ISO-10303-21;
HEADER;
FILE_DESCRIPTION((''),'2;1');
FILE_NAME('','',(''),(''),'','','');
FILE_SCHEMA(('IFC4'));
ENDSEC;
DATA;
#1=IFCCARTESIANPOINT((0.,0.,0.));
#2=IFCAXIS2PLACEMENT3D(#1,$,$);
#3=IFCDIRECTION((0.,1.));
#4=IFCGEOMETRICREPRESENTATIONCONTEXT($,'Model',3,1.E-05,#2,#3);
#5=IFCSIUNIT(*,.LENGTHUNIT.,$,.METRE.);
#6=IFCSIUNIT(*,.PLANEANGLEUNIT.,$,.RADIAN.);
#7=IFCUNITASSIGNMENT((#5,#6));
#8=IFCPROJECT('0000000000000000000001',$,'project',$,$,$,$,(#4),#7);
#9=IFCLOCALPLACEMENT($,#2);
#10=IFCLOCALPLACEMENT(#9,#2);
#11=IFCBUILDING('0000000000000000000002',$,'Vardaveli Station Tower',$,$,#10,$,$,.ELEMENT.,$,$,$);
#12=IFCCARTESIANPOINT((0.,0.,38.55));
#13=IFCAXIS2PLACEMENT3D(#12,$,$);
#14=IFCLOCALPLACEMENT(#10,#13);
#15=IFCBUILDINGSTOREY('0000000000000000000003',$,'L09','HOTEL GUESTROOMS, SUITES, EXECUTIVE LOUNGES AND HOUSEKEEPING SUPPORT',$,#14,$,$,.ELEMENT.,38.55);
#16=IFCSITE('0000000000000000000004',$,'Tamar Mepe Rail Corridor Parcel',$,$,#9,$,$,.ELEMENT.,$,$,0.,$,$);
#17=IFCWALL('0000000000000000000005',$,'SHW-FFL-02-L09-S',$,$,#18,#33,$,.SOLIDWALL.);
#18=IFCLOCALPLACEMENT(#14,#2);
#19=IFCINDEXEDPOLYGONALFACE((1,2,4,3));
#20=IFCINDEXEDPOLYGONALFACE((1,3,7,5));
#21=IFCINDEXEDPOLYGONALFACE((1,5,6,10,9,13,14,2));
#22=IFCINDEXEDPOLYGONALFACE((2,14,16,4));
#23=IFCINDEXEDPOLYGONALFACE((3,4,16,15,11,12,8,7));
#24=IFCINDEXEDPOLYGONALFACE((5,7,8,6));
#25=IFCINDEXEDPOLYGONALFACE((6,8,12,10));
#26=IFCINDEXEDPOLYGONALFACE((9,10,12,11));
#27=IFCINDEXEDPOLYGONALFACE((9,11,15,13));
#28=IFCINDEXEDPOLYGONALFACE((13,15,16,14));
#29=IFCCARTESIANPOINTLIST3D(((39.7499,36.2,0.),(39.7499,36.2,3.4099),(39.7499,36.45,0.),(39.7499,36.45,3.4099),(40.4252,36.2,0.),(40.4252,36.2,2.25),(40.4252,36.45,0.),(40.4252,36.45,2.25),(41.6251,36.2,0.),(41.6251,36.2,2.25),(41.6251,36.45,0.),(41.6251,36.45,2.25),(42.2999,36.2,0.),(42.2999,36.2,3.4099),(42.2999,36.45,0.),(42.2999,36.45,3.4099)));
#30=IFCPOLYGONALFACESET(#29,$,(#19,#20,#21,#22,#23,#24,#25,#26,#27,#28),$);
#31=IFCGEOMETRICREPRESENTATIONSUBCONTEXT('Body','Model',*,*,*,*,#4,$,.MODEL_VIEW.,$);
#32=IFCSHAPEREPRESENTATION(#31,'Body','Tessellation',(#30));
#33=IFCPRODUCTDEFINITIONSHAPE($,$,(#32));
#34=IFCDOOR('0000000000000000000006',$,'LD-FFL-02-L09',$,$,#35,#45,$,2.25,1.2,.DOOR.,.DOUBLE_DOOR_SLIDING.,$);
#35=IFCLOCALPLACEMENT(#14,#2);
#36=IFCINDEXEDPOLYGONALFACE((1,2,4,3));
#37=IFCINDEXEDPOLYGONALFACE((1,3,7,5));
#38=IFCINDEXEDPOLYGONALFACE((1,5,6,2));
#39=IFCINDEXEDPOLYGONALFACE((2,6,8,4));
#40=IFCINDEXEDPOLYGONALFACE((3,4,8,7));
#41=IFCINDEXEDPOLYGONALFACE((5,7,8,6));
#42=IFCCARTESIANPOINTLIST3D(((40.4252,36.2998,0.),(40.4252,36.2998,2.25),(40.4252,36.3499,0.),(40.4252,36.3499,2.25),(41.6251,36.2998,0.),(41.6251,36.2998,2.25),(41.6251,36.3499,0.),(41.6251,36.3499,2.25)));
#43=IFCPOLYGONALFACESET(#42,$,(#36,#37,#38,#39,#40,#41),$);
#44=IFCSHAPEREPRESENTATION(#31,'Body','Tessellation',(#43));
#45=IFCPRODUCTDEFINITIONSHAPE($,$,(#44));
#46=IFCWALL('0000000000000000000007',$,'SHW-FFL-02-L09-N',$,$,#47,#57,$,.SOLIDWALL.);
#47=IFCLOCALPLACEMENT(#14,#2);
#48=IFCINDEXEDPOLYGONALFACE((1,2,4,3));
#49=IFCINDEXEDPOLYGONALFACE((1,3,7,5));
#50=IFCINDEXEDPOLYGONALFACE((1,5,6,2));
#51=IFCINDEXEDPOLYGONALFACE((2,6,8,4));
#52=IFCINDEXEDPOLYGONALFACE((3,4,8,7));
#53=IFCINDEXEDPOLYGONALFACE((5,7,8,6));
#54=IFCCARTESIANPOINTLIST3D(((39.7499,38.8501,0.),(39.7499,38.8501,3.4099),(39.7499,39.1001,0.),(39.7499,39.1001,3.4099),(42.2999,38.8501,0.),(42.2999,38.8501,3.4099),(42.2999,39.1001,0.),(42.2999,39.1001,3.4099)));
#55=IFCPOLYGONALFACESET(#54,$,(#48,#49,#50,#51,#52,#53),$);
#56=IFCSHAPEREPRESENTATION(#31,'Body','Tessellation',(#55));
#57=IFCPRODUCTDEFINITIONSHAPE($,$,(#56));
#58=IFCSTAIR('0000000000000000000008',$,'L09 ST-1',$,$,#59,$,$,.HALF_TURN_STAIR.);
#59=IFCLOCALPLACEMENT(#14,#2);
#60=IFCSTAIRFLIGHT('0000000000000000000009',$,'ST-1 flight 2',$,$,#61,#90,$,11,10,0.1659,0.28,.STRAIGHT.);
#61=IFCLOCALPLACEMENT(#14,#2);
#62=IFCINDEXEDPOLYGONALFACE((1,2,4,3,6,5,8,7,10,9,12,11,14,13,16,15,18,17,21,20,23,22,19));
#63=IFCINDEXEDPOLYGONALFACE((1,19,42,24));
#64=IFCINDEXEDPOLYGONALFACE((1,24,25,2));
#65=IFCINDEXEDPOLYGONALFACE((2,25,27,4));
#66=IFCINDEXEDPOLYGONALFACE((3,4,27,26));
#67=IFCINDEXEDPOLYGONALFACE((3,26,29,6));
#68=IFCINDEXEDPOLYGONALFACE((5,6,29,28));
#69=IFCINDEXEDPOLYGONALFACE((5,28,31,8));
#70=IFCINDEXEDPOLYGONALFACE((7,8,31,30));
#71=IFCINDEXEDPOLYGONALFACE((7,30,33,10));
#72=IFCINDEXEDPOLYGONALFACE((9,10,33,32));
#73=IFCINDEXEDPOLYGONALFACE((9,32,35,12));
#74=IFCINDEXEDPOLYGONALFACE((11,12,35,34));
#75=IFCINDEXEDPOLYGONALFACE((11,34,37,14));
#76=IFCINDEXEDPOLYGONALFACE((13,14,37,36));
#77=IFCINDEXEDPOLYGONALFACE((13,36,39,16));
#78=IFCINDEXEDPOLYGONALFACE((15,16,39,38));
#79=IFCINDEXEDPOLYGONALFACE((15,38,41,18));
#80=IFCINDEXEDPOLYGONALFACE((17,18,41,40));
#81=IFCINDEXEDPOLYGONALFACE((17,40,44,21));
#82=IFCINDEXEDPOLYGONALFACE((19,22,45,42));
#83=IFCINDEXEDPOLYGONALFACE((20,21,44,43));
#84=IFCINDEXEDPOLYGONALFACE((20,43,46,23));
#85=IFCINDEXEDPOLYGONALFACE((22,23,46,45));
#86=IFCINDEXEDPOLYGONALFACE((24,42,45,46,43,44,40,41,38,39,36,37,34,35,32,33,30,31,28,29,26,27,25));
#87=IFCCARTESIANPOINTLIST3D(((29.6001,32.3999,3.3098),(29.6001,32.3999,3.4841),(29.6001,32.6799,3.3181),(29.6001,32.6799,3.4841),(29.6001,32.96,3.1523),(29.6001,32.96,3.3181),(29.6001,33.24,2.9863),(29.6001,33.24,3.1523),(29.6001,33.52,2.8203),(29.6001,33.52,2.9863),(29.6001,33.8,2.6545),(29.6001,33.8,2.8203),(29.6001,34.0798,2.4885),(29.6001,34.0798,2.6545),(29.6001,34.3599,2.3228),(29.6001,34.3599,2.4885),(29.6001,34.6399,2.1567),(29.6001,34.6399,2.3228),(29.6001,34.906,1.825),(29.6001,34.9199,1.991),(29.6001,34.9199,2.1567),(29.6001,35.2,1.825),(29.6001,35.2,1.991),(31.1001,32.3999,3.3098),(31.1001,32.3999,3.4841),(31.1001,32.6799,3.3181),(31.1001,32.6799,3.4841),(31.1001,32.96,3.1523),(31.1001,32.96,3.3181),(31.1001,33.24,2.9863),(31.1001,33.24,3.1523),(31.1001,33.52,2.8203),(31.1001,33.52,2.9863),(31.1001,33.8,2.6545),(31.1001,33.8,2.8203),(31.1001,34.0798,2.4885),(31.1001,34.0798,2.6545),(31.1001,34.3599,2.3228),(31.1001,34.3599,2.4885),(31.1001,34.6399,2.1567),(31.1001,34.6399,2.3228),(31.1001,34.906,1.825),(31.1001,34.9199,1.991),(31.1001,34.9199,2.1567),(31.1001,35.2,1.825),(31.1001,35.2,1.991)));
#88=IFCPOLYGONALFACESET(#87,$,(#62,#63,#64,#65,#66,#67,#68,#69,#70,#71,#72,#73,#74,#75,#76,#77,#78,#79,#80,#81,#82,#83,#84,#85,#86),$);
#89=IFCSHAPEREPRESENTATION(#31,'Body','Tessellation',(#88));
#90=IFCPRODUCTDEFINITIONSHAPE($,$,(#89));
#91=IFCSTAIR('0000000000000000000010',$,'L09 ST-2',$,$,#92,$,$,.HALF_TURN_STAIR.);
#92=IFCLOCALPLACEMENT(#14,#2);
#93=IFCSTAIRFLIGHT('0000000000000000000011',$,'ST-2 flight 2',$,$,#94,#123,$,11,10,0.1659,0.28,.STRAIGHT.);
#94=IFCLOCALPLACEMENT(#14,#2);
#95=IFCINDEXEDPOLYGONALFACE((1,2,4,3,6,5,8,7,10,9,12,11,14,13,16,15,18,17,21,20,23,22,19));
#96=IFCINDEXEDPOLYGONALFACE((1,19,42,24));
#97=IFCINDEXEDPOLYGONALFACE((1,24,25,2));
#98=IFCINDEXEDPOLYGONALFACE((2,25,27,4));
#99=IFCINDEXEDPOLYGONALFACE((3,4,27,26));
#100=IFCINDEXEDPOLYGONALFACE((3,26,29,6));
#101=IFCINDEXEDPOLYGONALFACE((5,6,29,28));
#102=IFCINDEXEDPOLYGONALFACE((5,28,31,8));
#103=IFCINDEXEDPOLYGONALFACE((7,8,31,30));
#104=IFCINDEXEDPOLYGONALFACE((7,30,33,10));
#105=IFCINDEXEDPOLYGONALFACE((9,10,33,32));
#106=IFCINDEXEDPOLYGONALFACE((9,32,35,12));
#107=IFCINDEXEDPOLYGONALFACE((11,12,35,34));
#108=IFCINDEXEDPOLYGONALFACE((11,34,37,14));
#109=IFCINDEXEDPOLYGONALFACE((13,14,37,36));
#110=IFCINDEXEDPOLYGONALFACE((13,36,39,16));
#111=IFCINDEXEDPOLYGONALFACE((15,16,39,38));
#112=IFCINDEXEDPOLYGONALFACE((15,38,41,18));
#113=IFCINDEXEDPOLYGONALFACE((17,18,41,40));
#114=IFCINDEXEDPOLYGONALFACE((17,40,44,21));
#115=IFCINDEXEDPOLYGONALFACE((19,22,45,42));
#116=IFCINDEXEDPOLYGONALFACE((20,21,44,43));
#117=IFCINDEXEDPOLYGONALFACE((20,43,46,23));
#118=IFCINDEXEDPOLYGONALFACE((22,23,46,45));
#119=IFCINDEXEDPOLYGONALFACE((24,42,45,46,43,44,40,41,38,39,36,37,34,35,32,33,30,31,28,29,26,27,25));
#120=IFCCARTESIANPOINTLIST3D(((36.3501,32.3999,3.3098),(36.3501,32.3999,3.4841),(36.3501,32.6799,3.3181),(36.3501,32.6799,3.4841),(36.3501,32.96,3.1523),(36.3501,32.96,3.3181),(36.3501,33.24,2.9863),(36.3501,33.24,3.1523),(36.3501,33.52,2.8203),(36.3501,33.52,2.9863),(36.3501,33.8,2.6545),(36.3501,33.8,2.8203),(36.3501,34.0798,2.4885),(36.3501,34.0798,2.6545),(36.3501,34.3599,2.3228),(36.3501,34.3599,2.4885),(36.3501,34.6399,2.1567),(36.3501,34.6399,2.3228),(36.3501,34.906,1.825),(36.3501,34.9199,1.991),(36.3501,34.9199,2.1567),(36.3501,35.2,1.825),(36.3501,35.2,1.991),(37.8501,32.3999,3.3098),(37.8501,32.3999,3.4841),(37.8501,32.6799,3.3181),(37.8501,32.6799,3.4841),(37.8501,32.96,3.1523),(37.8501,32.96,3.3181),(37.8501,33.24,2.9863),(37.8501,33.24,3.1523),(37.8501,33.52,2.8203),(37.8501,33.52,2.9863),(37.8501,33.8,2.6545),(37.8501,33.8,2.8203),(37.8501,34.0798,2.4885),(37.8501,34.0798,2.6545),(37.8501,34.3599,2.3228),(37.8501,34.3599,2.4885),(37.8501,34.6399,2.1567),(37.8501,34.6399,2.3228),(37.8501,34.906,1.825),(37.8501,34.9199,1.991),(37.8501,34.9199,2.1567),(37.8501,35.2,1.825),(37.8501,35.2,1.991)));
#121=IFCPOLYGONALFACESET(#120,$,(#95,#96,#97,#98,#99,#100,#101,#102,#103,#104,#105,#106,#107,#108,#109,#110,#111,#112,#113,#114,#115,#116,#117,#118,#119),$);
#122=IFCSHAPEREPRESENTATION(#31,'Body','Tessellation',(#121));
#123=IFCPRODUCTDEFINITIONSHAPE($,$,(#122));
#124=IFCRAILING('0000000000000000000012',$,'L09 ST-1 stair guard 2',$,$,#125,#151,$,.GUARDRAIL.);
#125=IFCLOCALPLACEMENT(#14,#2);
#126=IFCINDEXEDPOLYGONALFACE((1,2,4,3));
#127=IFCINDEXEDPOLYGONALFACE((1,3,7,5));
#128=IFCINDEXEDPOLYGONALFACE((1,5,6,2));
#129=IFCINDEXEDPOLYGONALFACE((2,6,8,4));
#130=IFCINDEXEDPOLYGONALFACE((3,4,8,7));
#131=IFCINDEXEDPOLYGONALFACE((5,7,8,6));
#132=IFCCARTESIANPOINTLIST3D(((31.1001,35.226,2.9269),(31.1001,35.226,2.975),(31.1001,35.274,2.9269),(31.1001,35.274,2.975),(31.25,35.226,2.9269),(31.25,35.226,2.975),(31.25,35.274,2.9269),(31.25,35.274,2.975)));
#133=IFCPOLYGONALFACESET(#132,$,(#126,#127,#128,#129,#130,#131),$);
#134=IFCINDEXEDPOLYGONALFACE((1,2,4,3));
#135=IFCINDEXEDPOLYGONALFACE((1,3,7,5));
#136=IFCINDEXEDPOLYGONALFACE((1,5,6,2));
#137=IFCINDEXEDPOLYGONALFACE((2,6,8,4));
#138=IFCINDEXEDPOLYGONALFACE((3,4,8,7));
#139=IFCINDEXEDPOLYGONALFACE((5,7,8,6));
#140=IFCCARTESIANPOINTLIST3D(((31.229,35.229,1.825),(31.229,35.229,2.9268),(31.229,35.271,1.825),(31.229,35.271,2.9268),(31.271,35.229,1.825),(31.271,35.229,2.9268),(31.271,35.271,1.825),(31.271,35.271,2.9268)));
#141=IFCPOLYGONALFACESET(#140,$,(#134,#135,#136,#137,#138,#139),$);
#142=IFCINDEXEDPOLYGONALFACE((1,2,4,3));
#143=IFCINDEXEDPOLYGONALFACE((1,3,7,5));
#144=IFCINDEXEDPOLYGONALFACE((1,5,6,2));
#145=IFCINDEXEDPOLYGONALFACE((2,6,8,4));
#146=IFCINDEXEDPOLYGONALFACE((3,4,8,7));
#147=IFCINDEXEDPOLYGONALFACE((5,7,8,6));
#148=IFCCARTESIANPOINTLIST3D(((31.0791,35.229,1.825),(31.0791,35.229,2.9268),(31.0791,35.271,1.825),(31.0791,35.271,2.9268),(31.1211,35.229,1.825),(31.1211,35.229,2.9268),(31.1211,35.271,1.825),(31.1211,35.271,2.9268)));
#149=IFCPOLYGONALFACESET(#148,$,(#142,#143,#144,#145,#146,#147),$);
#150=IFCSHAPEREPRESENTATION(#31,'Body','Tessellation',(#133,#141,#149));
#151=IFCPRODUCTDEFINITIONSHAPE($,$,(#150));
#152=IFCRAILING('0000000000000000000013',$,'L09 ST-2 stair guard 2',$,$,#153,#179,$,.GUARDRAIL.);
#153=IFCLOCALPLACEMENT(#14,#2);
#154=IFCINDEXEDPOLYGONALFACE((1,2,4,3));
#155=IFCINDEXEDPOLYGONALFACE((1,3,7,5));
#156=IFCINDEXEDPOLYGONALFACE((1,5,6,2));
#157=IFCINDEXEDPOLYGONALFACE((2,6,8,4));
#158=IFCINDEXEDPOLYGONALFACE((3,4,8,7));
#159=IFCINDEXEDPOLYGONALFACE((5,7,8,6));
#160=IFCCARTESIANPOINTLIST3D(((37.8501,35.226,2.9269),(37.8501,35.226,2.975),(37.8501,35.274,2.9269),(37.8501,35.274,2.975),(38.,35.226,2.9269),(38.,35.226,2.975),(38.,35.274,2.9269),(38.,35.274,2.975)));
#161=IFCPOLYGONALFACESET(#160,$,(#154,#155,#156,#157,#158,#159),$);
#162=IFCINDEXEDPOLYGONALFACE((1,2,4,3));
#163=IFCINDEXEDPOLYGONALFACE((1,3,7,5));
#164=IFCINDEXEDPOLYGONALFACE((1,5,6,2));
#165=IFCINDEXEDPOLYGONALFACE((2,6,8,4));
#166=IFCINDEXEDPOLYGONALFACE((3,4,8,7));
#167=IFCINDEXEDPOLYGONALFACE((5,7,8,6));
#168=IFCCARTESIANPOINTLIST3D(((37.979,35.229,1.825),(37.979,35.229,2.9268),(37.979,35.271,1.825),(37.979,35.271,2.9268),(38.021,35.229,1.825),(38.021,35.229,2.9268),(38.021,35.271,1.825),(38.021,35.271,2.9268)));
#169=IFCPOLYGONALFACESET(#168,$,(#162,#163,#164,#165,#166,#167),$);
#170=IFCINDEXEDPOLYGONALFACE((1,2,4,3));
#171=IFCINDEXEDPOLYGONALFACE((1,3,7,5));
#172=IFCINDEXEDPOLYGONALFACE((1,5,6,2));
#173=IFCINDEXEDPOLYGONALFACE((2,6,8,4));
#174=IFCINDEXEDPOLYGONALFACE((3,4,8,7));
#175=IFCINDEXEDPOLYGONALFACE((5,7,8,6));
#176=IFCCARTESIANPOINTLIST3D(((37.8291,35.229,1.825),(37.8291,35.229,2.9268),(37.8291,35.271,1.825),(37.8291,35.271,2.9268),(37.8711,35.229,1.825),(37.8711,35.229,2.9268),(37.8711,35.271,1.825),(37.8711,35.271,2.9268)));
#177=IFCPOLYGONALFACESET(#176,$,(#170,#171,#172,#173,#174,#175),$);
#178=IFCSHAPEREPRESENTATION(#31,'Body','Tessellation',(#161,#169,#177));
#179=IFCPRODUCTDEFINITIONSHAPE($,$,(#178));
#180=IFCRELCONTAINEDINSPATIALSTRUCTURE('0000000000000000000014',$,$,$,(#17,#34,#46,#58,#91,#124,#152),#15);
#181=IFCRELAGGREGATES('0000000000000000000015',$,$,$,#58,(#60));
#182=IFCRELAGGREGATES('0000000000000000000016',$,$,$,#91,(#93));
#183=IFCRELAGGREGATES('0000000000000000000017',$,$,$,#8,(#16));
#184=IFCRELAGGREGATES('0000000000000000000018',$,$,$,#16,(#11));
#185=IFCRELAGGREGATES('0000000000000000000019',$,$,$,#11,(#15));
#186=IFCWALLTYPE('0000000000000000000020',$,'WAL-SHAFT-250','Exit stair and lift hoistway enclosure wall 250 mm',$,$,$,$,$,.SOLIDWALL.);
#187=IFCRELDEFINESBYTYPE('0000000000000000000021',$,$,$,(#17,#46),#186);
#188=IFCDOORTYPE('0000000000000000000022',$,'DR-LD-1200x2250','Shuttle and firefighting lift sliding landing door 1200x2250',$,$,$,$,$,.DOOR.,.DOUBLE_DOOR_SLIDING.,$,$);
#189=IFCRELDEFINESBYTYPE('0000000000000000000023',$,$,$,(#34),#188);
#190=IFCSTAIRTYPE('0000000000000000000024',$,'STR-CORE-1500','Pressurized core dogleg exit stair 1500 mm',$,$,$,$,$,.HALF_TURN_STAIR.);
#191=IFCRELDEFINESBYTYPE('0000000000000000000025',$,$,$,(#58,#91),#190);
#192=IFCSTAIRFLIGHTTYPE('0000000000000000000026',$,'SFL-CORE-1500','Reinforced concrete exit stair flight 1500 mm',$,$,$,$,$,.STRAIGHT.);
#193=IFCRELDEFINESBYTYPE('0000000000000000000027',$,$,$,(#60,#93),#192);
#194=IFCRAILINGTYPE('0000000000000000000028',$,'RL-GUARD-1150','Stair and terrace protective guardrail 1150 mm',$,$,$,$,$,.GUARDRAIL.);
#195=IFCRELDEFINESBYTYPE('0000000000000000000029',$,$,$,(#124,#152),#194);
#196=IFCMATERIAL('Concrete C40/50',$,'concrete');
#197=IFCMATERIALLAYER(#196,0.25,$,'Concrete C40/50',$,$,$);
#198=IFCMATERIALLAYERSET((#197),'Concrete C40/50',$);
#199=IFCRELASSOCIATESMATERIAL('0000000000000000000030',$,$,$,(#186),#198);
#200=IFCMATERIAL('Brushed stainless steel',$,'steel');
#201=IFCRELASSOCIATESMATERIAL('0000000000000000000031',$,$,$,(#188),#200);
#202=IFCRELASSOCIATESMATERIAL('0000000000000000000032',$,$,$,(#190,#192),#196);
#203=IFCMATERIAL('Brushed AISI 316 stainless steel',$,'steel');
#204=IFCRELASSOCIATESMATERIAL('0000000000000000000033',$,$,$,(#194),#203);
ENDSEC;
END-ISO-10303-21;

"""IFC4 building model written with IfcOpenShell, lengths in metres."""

from ifc_helpers import new_model, si_unit, direction, frame, frame_2d, origin, origin_2d, place, context, subcontext, project, spatial, polyline, rectangle, outline, extrude, source, transform, mapped, material, layer, layer_set, type_object, element, fill, aggregate, save


model = new_model("IFC4")

# Units and contexts
model_context = context("Model", 3, precision=1e-05, world=origin(), true_north=direction((0.0, 1.0)))
body_context = subcontext(model_context, "Body", "Model", "MODEL_VIEW")
ifc_project = project(units=[si_unit("LENGTHUNIT", "METRE"), si_unit("PLANEANGLEUNIT", "RADIAN")], contexts=[model_context])

# Site, building, storey
site_placement = place(None, origin())
site = spatial("IfcSite", under=ifc_project, at=site_placement, Name="Tamar Mepe Rail Corridor Parcel", CompositionType="ELEMENT", RefElevation=0.0)
building_placement = place(site_placement, origin())
building = spatial("IfcBuilding", under=site, at=building_placement, Name="Vardaveli Station Tower", CompositionType="ELEMENT")
storey_placement = place(building_placement, frame((0.0, 0.0, 38.55)))
storey = spatial("IfcBuildingStorey", under=building, at=storey_placement, Name="L09", Description="HOTEL GUESTROOMS, SUITES, EXECUTIVE LOUNGES AND HOUSEKEEPING SUPPORT", CompositionType="ELEMENT", Elevation=38.55)

# Shared definitions
ifc_material_1 = material(Name="Concrete C40/50", Category="concrete")
ifc_layer_1 = layer(ifc_material_1, 0.25, Name="Concrete C40/50")
ifc_layer_set_1 = layer_set([ifc_layer_1], Name="Concrete C40/50")
wall_type_1 = type_object("IfcWallType", Name="WAL-SHAFT-250", Description="Exit stair and lift hoistway enclosure wall 250 mm", PredefinedType="SOLIDWALL", material=ifc_layer_set_1)

# Shared definitions
shared_shape_1 = source(origin(), body_context, "Body", "SweptSolid", [
    extrude(rectangle(XDim=1.2, YDim=2.25, at=frame_2d((0.6001, 1.125))), frame((0.0, 0.135, 0.0), z_axis=(0.0, -1.0, 0.0), x_axis=(1.0, 0.0, 0.0)), (0.0, 0.0, 1.0), 0.27),
])
ifc_material_2 = material(Name="Brushed stainless steel", Category="steel")
door_type = type_object("IfcDoorType", Name="DR-LD-1200x2250", Description="Shuttle and firefighting lift sliding landing door 1200x2250", OperationType="DOUBLE_DOOR_SLIDING", PredefinedType="DOOR", material=ifc_material_2)
shared_shape_2 = source(origin(), body_context, "Body", "SweptSolid", [
    extrude(rectangle(XDim=1.2, YDim=2.25, at=frame_2d((0.6001, 1.125))), frame((0.0, 0.0249, 0.0), z_axis=(0.0, -1.0, 0.0), x_axis=(1.0, 0.0, 0.0)), (0.0, 0.0, 1.0), 0.05),
])

# Wall, opening, door
shared_shape_3 = source(origin(), body_context, "Body", "SweptSolid", [
    extrude(rectangle(XDim=2.55, YDim=0.25, at=frame_2d((1.2749, 0.0))), origin(), (0.0, 0.0, 1.0), 3.4099),
])
wall_1_placement = place(storey_placement, frame((39.75, 36.325, 0.0), z_axis=(0.0, 0.0, 1.0), x_axis=(1.0, 0.0, 0.0)))
wall_1 = element("IfcWall", 1, at=wall_1_placement, inside=storey, type_object=wall_type_1, Name="SHW-FFL-02-L09-S", PredefinedType="SOLIDWALL", context=body_context, shape_type="MappedRepresentation", body=[
    mapped(shared_shape_3, transform((0.0, 0.0, 0.0), scale=1.0)),
])
opening_1_placement = place(wall_1_placement, frame((0.675, 0.0, 0.0)))
opening_1 = element("IfcOpeningElement", 2, at=opening_1_placement, cuts=wall_1, PredefinedType="OPENING", context=body_context, shape_type="MappedRepresentation", body=[
    mapped(shared_shape_1, transform((0.0, 0.0, 0.0), scale=1.0)),
])
door_1_placement = place(opening_1_placement, origin())
door_1 = element("IfcDoor", 3, at=door_1_placement, inside=storey, type_object=door_type, Name="LD-FFL-02-L09", OperationType="DOUBLE_DOOR_SLIDING", OverallHeight=2.25, OverallWidth=1.2, PredefinedType="DOOR", context=body_context, shape_type="MappedRepresentation", body=[
    mapped(shared_shape_2, transform((0.0, 0.0, 0.0), scale=1.0)),
])
fill(opening_1, door_1)

# Wall
wall_2_placement = place(storey_placement, frame((39.75, 38.9751, 0.0), z_axis=(0.0, 0.0, 1.0), x_axis=(1.0, 0.0, 0.0)))
element("IfcWall", 4, at=wall_2_placement, inside=storey, type_object=wall_type_1, Name="SHW-FFL-02-L09-N", PredefinedType="SOLIDWALL", context=body_context, shape_type="MappedRepresentation", body=[
    mapped(shared_shape_3, transform((0.0, 0.0, 0.0), scale=1.0)),
])

# Stairs, stair flights
stair_type = type_object("IfcStairType", Name="STR-CORE-1500", Description="Pressurized core dogleg exit stair 1500 mm", PredefinedType="HALF_TURN_STAIR", material=ifc_material_1)
stair_1_placement = place(storey_placement, origin())
stair_1 = element("IfcStair", 5, at=stair_1_placement, inside=storey, type_object=stair_type, Name="L09 ST-1", PredefinedType="HALF_TURN_STAIR")
stair_flight_type = type_object("IfcStairFlightType", Name="SFL-CORE-1500", Description="Reinforced concrete exit stair flight 1500 mm", PredefinedType="STRAIGHT", material=ifc_material_1)
shared_shape_4 = source(origin(), body_context, "Body", "SweptSolid", [
    extrude(outline(polyline([(0.0, 0.0), (0.0, 0.166), (0.28, 0.166), (0.28, 0.3318), (0.5601, 0.3318), (0.5601, 0.4978), (0.8401, 0.4978), (0.8401, 0.6636), (1.1201, 0.6636), (1.1201, 0.8296), (1.3999, 0.8296), (1.3999, 0.9954), (1.6799, 0.9954), (1.6799, 1.1614), (1.96, 1.1614), (1.96, 1.3274), (2.24, 1.3274), (2.24, 1.4932), (2.52, 1.4932), (2.52, 1.6592), (2.8, 1.6592), (2.8, 1.825), (2.8, 1.4849), (0.2939, 0.0), (0.0, 0.0)])), frame((0.0, 0.75, 0.0), z_axis=(0.0, -1.0, 0.0), x_axis=(1.0, 0.0, 0.0)), (0.0, 0.0, 1.0), 1.5),
])
stair_flight_1_placement = place(storey_placement, frame((30.3501, 35.2, 1.825), z_axis=(0.0, 0.0, 1.0), x_axis=(0.0, -1.0, 0.0)))
stair_flight_1 = element("IfcStairFlight", 6, at=stair_flight_1_placement, type_object=stair_flight_type, Name="ST-1 flight 2", NumberOfRisers=11, NumberOfTreads=10, PredefinedType="STRAIGHT", RiserHeight=0.1659, TreadLength=0.28, context=body_context, shape_type="MappedRepresentation", body=[
    mapped(shared_shape_4, transform((0.0, 0.0, 0.0), scale=1.0)),
])
aggregate(stair_1, [stair_flight_1])
stair_2_placement = place(storey_placement, origin())
stair_2 = element("IfcStair", 7, at=stair_2_placement, inside=storey, type_object=stair_type, Name="L09 ST-2", PredefinedType="HALF_TURN_STAIR")
stair_flight_2_placement = place(storey_placement, frame((37.1001, 35.2, 1.825), z_axis=(0.0, 0.0, 1.0), x_axis=(0.0, -1.0, 0.0)))
stair_flight_2 = element("IfcStairFlight", 8, at=stair_flight_2_placement, type_object=stair_flight_type, Name="ST-2 flight 2", NumberOfRisers=11, NumberOfTreads=10, PredefinedType="STRAIGHT", RiserHeight=0.1659, TreadLength=0.28, context=body_context, shape_type="MappedRepresentation", body=[
    mapped(shared_shape_4, transform((0.0, 0.0, 0.0), scale=1.0)),
])
aggregate(stair_2, [stair_flight_2])

# Railings
ifc_material_3 = material(Name="Brushed AISI 316 stainless steel", Category="steel")
railing_type_1 = type_object("IfcRailingType", Name="RL-GUARD-1150", Description="Stair and terrace protective guardrail 1150 mm", PredefinedType="GUARDRAIL", material=ifc_material_3)
shared_shape_5 = source(origin(), body_context, "Body", "SweptSolid", [
    extrude(rectangle(XDim=0.0481, YDim=0.0481, at=origin_2d()), frame((0.0, 0.0, 1.126), z_axis=(-1.0, 0.0, 0.0), x_axis=(0.0, -1.0, 0.0)), (0.0, 0.0, 1.0), 0.1499),
    extrude(rectangle(XDim=0.042, YDim=0.042, at=origin_2d()), origin(), (0.0, 0.0, 1.0), 1.1018),
    extrude(rectangle(XDim=0.042, YDim=0.042, at=origin_2d()), frame((-0.1499, 0.0, 0.0)), (0.0, 0.0, 1.0), 1.1018),
])
for number, where, name in (
    (9, (31.25, 35.25, 1.825), "L09 ST-1 stair guard 2"),
    (10, (38.0, 35.25, 1.825), "L09 ST-2 stair guard 2"),
):
    element("IfcRailing", number, at=place(storey_placement, frame(where)), inside=storey, type_object=railing_type_1, Name=name, PredefinedType="GUARDRAIL", context=body_context, shape_type="MappedRepresentation", body=[
        mapped(shared_shape_5, transform((0.0, 0.0, 0.0), scale=1.0)),
    ])

save(model, "model.ifc")
